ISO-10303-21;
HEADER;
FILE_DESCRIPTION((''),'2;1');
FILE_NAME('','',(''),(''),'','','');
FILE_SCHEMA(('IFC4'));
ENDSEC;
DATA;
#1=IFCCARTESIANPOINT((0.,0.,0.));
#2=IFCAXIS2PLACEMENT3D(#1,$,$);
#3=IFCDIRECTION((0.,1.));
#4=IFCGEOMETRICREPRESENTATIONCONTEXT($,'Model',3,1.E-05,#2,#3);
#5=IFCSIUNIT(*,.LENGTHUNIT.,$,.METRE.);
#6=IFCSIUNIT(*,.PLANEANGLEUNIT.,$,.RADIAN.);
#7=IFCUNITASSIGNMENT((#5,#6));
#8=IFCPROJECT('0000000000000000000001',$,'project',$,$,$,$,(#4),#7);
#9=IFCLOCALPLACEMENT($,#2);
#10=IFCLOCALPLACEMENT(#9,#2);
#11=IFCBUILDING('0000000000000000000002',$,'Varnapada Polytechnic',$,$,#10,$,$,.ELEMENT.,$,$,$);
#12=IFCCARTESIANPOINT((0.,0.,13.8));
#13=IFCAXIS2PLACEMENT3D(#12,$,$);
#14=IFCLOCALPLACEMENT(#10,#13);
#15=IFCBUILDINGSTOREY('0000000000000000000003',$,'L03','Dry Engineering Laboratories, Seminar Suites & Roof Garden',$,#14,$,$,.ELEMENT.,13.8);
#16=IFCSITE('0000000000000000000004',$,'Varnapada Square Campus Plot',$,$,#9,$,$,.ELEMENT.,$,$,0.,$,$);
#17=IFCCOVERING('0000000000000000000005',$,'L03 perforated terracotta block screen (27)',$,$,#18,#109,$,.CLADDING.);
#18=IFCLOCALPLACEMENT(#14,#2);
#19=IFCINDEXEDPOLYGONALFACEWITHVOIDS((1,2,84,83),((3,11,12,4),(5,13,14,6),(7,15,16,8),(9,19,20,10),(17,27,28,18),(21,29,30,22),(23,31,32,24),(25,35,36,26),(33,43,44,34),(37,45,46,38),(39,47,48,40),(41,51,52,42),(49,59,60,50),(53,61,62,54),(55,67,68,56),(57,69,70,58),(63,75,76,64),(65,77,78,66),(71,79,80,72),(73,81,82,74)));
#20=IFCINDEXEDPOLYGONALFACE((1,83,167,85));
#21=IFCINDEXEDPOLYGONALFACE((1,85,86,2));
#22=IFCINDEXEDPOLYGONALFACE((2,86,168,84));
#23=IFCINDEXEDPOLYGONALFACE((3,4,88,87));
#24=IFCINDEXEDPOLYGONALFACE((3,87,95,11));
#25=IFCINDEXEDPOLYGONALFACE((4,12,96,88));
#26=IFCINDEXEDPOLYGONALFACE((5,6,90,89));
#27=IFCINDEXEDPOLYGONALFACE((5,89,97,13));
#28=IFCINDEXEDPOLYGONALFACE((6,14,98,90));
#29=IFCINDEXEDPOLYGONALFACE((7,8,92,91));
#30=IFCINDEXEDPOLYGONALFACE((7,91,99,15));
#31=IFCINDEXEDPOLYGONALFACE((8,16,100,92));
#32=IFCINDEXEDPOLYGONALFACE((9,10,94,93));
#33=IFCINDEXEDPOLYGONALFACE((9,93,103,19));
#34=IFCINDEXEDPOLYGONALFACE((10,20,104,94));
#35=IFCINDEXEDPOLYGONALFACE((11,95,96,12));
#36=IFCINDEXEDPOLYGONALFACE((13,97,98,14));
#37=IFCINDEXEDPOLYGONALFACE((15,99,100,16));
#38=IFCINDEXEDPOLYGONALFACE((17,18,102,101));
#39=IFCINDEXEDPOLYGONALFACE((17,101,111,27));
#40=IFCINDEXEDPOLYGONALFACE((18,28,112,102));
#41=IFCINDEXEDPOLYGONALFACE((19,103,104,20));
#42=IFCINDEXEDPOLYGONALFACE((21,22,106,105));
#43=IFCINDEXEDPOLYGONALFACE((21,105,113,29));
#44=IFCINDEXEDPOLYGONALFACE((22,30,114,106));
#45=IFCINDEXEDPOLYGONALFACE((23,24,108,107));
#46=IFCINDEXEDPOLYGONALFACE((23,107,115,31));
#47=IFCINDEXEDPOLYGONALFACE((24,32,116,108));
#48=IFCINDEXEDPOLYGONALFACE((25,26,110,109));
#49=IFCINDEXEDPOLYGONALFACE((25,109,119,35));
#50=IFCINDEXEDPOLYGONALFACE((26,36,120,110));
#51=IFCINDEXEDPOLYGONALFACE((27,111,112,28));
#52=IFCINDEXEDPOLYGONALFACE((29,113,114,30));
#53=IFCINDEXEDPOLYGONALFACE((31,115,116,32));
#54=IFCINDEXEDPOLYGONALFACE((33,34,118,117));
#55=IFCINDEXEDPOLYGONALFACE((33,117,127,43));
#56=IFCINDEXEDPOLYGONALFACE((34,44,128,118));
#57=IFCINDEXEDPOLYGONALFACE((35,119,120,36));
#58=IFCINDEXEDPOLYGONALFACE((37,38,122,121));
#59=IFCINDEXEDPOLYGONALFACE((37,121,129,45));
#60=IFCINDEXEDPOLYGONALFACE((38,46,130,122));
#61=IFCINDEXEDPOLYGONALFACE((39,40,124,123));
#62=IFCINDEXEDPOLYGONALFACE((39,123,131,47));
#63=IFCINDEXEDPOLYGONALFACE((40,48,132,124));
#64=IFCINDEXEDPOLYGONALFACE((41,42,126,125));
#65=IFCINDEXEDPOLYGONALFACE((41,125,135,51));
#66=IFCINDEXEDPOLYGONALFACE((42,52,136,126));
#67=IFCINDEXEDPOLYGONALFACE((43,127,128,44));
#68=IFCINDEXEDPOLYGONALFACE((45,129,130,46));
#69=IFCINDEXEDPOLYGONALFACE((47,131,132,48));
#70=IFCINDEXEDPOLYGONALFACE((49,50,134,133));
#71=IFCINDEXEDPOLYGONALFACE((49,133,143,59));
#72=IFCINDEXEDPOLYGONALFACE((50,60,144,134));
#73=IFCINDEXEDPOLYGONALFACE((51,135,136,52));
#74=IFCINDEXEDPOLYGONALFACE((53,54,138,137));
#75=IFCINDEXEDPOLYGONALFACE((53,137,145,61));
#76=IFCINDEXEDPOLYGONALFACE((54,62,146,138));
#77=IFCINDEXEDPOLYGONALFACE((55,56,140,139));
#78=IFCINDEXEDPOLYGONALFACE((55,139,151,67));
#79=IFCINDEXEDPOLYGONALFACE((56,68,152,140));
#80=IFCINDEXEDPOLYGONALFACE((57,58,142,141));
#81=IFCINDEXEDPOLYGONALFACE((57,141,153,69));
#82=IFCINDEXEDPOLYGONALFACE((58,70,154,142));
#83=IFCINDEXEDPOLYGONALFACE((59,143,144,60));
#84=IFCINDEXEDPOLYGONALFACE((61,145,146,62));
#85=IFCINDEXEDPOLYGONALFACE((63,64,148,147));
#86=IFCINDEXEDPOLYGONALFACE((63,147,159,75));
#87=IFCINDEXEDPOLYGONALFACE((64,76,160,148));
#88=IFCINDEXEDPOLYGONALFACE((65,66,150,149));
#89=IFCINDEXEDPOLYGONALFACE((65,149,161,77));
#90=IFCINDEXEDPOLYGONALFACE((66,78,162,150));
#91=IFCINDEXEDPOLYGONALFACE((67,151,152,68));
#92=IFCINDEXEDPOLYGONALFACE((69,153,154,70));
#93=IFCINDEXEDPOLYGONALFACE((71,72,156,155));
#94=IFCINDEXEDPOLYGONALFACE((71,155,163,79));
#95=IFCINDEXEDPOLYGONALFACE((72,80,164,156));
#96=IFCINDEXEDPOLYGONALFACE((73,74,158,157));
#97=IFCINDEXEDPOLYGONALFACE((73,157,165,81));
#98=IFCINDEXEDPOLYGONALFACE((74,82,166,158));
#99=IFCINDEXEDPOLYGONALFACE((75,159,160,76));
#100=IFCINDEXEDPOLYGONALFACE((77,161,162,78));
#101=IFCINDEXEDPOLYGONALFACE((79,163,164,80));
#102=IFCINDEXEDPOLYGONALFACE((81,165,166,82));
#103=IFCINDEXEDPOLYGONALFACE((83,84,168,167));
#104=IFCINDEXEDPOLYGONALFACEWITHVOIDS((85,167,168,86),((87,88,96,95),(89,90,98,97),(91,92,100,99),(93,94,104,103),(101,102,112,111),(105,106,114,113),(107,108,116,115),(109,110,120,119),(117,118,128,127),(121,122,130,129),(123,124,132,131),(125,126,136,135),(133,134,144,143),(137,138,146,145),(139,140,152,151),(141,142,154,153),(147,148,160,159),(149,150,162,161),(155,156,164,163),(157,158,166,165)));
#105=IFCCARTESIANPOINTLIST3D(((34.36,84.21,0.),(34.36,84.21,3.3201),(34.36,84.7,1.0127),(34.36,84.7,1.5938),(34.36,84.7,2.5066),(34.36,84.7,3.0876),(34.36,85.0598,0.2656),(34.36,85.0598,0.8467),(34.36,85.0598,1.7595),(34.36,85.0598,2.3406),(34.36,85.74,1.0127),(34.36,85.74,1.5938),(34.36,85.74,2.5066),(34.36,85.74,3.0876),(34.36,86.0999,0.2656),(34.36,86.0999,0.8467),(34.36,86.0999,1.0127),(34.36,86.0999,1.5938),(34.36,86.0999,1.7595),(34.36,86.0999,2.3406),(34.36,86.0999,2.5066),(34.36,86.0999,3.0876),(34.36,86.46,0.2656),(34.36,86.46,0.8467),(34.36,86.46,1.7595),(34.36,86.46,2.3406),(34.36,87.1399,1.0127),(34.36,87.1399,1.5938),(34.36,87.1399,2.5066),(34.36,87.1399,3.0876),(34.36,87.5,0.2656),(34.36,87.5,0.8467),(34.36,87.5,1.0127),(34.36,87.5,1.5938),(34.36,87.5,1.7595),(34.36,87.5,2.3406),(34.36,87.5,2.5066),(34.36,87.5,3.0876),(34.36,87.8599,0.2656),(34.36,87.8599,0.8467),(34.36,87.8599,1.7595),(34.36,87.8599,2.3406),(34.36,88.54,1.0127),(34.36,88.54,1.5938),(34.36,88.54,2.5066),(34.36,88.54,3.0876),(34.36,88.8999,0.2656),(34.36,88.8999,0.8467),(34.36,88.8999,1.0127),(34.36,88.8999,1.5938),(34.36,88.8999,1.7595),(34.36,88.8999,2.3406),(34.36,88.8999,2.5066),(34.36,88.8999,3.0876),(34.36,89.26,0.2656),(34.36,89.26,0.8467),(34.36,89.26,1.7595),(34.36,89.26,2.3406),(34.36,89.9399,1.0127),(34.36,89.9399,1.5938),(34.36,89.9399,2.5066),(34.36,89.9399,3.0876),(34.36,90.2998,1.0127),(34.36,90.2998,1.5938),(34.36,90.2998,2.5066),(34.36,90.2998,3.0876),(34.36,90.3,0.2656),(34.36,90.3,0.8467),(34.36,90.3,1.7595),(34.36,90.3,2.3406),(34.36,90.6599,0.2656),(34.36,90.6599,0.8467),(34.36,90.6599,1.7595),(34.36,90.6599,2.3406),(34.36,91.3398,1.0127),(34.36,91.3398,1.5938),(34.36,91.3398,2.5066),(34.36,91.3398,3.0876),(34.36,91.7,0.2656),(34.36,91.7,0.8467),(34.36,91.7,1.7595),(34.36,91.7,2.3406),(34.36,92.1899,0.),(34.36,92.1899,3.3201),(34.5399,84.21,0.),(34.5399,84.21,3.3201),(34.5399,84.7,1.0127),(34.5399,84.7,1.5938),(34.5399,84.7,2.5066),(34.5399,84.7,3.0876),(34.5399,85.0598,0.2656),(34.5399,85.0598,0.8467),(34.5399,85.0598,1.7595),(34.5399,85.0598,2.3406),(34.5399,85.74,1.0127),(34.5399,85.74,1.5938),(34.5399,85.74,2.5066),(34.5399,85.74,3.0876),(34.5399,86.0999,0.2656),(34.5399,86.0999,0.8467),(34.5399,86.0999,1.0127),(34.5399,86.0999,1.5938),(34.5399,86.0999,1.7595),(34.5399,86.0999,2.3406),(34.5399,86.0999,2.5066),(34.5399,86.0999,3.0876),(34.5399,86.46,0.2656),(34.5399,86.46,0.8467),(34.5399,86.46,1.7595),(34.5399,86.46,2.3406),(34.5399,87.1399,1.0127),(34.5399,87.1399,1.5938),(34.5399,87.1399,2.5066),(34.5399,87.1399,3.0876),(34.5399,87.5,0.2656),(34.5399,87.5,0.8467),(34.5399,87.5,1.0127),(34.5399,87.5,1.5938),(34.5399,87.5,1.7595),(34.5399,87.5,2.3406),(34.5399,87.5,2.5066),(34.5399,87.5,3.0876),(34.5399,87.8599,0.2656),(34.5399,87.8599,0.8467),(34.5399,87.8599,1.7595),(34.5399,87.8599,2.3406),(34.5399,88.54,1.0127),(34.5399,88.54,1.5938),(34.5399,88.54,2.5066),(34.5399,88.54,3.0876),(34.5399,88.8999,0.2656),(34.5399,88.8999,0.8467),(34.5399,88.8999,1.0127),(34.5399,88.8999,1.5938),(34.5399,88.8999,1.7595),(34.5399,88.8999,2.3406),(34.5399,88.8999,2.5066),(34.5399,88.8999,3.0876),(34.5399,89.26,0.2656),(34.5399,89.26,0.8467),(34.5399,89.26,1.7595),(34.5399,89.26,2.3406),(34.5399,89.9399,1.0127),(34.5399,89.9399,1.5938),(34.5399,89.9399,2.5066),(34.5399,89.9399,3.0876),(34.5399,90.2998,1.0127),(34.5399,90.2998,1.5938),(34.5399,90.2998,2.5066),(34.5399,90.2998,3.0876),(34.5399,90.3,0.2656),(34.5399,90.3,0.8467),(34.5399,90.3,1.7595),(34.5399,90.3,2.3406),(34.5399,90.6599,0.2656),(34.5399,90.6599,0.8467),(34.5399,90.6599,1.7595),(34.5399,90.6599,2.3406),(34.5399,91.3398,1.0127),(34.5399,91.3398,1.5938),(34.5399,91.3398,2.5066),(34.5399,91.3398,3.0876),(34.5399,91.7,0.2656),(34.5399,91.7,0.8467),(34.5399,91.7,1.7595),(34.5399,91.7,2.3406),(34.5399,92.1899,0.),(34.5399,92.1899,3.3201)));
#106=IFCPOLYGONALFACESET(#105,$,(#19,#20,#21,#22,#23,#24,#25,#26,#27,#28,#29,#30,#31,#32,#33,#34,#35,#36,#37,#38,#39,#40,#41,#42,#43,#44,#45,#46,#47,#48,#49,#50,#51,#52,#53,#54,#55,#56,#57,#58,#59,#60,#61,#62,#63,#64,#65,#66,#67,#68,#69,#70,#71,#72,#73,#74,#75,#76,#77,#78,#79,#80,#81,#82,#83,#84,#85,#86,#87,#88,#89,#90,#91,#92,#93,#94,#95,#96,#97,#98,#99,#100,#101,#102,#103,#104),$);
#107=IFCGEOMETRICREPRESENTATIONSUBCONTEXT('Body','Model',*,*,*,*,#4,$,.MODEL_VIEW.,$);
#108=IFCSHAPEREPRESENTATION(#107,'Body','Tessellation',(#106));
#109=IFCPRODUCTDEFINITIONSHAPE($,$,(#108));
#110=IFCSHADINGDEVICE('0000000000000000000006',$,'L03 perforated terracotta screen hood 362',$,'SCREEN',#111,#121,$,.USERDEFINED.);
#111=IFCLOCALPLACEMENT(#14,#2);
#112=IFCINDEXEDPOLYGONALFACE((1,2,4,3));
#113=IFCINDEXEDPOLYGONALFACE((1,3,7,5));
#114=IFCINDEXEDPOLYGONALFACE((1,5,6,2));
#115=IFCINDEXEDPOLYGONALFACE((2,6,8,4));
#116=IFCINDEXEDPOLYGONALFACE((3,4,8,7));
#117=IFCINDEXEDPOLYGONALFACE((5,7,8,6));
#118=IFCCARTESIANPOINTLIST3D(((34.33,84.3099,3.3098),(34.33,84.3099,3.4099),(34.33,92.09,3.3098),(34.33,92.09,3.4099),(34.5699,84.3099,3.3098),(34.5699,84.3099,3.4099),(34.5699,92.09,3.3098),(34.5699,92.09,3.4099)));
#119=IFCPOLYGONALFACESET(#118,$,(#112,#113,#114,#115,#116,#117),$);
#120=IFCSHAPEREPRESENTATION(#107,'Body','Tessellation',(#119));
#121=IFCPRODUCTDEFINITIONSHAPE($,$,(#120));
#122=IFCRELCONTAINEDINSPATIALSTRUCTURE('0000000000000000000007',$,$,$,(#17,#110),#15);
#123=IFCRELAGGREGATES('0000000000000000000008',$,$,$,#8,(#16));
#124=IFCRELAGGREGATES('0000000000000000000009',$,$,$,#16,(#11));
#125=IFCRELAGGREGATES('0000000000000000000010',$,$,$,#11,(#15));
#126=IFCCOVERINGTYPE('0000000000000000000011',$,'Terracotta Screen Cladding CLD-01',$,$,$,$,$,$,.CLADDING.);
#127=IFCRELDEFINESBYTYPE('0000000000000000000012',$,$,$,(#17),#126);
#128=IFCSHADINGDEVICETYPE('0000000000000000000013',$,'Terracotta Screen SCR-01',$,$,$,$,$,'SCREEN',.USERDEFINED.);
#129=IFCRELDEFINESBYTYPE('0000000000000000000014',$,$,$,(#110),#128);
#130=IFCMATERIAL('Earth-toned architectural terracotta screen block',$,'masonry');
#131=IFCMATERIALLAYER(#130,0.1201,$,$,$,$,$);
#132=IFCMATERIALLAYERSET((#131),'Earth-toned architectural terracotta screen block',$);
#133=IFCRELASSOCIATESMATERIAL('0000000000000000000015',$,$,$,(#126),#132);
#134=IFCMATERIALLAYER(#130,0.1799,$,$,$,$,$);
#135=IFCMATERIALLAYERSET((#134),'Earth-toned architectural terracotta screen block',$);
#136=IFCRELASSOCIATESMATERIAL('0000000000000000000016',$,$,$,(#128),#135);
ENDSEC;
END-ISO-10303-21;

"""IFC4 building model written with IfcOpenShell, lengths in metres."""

from ifc_helpers import new_model, si_unit, direction, frame, frame_2d, origin, origin_2d, place, context, subcontext, project, spatial, rectangle, extrude, material, layer, layer_set, type_object, element, save


model = new_model("IFC4")

# Units and contexts
model_context = context("Model", 3, precision=1e-05, world=origin(), true_north=direction((0.0, 1.0)))
body_context = subcontext(model_context, "Body", "Model", "MODEL_VIEW")
ifc_project = project(units=[si_unit("LENGTHUNIT", "METRE"), si_unit("PLANEANGLEUNIT", "RADIAN")], contexts=[model_context])

# Site, building, storey
site_placement = place(None, origin())
site = spatial("IfcSite", under=ifc_project, at=site_placement, Name="Varnapada Square Campus Plot", CompositionType="ELEMENT", RefElevation=0.0)
building_placement = place(site_placement, origin())
building = spatial("IfcBuilding", under=site, at=building_placement, Name="Varnapada Polytechnic", CompositionType="ELEMENT")
storey_placement = place(building_placement, frame((0.0, 0.0, 13.8)))
storey = spatial("IfcBuildingStorey", under=building, at=storey_placement, Name="L03", Description="Dry Engineering Laboratories, Seminar Suites & Roof Garden", CompositionType="ELEMENT", Elevation=13.8)

# Covering, openings
ifc_material_1 = material(Name="Earth-toned architectural terracotta screen block", Category="masonry")
ifc_layer_1 = layer(ifc_material_1, 0.1201)
ifc_layer_set_1 = layer_set([ifc_layer_1], Name="Earth-toned architectural terracotta screen block")
covering_type = type_object("IfcCoveringType", Name="Terracotta Screen Cladding CLD-01", PredefinedType="CLADDING", material=ifc_layer_set_1)
covering_placement = place(storey_placement, frame((34.45, 92.1899, 0.0), z_axis=(0.0, 0.0, 1.0), x_axis=(0.0, -1.0, 0.0)))
covering = element("IfcCovering", 1, at=covering_placement, inside=storey, type_object=covering_type, Name="L03 perforated terracotta block screen (27)", PredefinedType="CLADDING", context=body_context, shape_type="SweptSolid", body=[
    extrude(rectangle(XDim=7.98, YDim=0.1799, at=frame_2d((3.99, 0.0))), origin(), (0.0, 0.0, 1.0), 3.3201),
])
opening_1_placement = place(covering_placement, frame((0.49, 0.0, 0.2656)))
element("IfcOpeningElement", 2, at=opening_1_placement, cuts=covering, PredefinedType="OPENING", context=body_context, shape_type="SweptSolid", body=[
    extrude(rectangle(XDim=1.04, YDim=0.5811, at=frame_2d((0.52, 0.2905))), frame((0.0, 0.0999, 0.0), z_axis=(0.0, -1.0, 0.0), x_axis=(1.0, 0.0, 0.0)), (0.0, 0.0, 1.0), 0.2),
])
opening_2_placement = place(covering_placement, frame((1.8899, 0.0, 0.2656)))
element("IfcOpeningElement", 3, at=opening_2_placement, cuts=covering, PredefinedType="OPENING", context=body_context, shape_type="SweptSolid", body=[
    extrude(rectangle(XDim=1.04, YDim=0.5811, at=frame_2d((0.52, 0.2905))), frame((0.0, 0.0999, 0.0), z_axis=(0.0, -1.0, 0.0), x_axis=(1.0, 0.0, 0.0)), (0.0, 0.0, 1.0), 0.2),
])
opening_3_placement = place(covering_placement, frame((3.29, 0.0, 0.2656)))
element("IfcOpeningElement", 4, at=opening_3_placement, cuts=covering, PredefinedType="OPENING", context=body_context, shape_type="SweptSolid", body=[
    extrude(rectangle(XDim=1.04, YDim=0.5811, at=frame_2d((0.52, 0.2905))), frame((0.0, 0.0999, 0.0), z_axis=(0.0, -1.0, 0.0), x_axis=(1.0, 0.0, 0.0)), (0.0, 0.0, 1.0), 0.2),
])
opening_4_placement = place(covering_placement, frame((4.6899, 0.0, 0.2656)))
element("IfcOpeningElement", 5, at=opening_4_placement, cuts=covering, PredefinedType="OPENING", context=body_context, shape_type="SweptSolid", body=[
    extrude(rectangle(XDim=1.04, YDim=0.5811, at=frame_2d((0.52, 0.2905))), frame((0.0, 0.0999, 0.0), z_axis=(0.0, -1.0, 0.0), x_axis=(1.0, 0.0, 0.0)), (0.0, 0.0, 1.0), 0.2),
])
opening_5_placement = place(covering_placement, frame((6.0901, 0.0, 0.2656)))
element("IfcOpeningElement", 6, at=opening_5_placement, cuts=covering, PredefinedType="OPENING", context=body_context, shape_type="SweptSolid", body=[
    extrude(rectangle(XDim=1.04, YDim=0.5811, at=frame_2d((0.52, 0.2905))), frame((0.0, 0.0999, 0.0), z_axis=(0.0, -1.0, 0.0), x_axis=(1.0, 0.0, 0.0)), (0.0, 0.0, 1.0), 0.2),
])
opening_6_placement = place(covering_placement, frame((0.8501, 0.0, 1.0127)))
element("IfcOpeningElement", 7, at=opening_6_placement, cuts=covering, PredefinedType="OPENING", context=body_context, shape_type="SweptSolid", body=[
    extrude(rectangle(XDim=1.04, YDim=0.5811, at=frame_2d((0.52, 0.2905))), frame((0.0, 0.0999, 0.0), z_axis=(0.0, -1.0, 0.0), x_axis=(1.0, 0.0, 0.0)), (0.0, 0.0, 1.0), 0.2),
])
opening_7_placement = place(covering_placement, frame((2.25, 0.0, 1.0127)))
element("IfcOpeningElement", 8, at=opening_7_placement, cuts=covering, PredefinedType="OPENING", context=body_context, shape_type="SweptSolid", body=[
    extrude(rectangle(XDim=1.04, YDim=0.5811, at=frame_2d((0.52, 0.2905))), frame((0.0, 0.0999, 0.0), z_axis=(0.0, -1.0, 0.0), x_axis=(1.0, 0.0, 0.0)), (0.0, 0.0, 1.0), 0.2),
])
opening_8_placement = place(covering_placement, frame((3.6499, 0.0, 1.0127)))
element("IfcOpeningElement", 9, at=opening_8_placement, cuts=covering, PredefinedType="OPENING", context=body_context, shape_type="SweptSolid", body=[
    extrude(rectangle(XDim=1.04, YDim=0.5811, at=frame_2d((0.52, 0.2905))), frame((0.0, 0.0999, 0.0), z_axis=(0.0, -1.0, 0.0), x_axis=(1.0, 0.0, 0.0)), (0.0, 0.0, 1.0), 0.2),
])
opening_9_placement = place(covering_placement, frame((5.05, 0.0, 1.0127)))
element("IfcOpeningElement", 10, at=opening_9_placement, cuts=covering, PredefinedType="OPENING", context=body_context, shape_type="SweptSolid", body=[
    extrude(rectangle(XDim=1.04, YDim=0.5811, at=frame_2d((0.52, 0.2905))), frame((0.0, 0.0999, 0.0), z_axis=(0.0, -1.0, 0.0), x_axis=(1.0, 0.0, 0.0)), (0.0, 0.0, 1.0), 0.2),
])
opening_10_placement = place(covering_placement, frame((6.45, 0.0, 1.0127)))
element("IfcOpeningElement", 11, at=opening_10_placement, cuts=covering, PredefinedType="OPENING", context=body_context, shape_type="SweptSolid", body=[
    extrude(rectangle(XDim=1.04, YDim=0.5811, at=frame_2d((0.52, 0.2905))), frame((0.0, 0.0999, 0.0), z_axis=(0.0, -1.0, 0.0), x_axis=(1.0, 0.0, 0.0)), (0.0, 0.0, 1.0), 0.2),
])
opening_11_placement = place(covering_placement, frame((0.49, 0.0, 1.7595)))
element("IfcOpeningElement", 12, at=opening_11_placement, cuts=covering, PredefinedType="OPENING", context=body_context, shape_type="SweptSolid", body=[
    extrude(rectangle(XDim=1.04, YDim=0.5811, at=frame_2d((0.52, 0.2905))), frame((0.0, 0.0999, 0.0), z_axis=(0.0, -1.0, 0.0), x_axis=(1.0, 0.0, 0.0)), (0.0, 0.0, 1.0), 0.2),
])
opening_12_placement = place(covering_placement, frame((1.8899, 0.0, 1.7595)))
element("IfcOpeningElement", 13, at=opening_12_placement, cuts=covering, PredefinedType="OPENING", context=body_context, shape_type="SweptSolid", body=[
    extrude(rectangle(XDim=1.04, YDim=0.5811, at=frame_2d((0.52, 0.2905))), frame((0.0, 0.0999, 0.0), z_axis=(0.0, -1.0, 0.0), x_axis=(1.0, 0.0, 0.0)), (0.0, 0.0, 1.0), 0.2),
])
opening_13_placement = place(covering_placement, frame((3.29, 0.0, 1.7595)))
element("IfcOpeningElement", 14, at=opening_13_placement, cuts=covering, PredefinedType="OPENING", context=body_context, shape_type="SweptSolid", body=[
    extrude(rectangle(XDim=1.04, YDim=0.5811, at=frame_2d((0.52, 0.2905))), frame((0.0, 0.0999, 0.0), z_axis=(0.0, -1.0, 0.0), x_axis=(1.0, 0.0, 0.0)), (0.0, 0.0, 1.0), 0.2),
])
opening_14_placement = place(covering_placement, frame((4.6899, 0.0, 1.7595)))
element("IfcOpeningElement", 15, at=opening_14_placement, cuts=covering, PredefinedType="OPENING", context=body_context, shape_type="SweptSolid", body=[
    extrude(rectangle(XDim=1.04, YDim=0.5811, at=frame_2d((0.52, 0.2905))), frame((0.0, 0.0999, 0.0), z_axis=(0.0, -1.0, 0.0), x_axis=(1.0, 0.0, 0.0)), (0.0, 0.0, 1.0), 0.2),
])
opening_15_placement = place(covering_placement, frame((6.0901, 0.0, 1.7595)))
element("IfcOpeningElement", 16, at=opening_15_placement, cuts=covering, PredefinedType="OPENING", context=body_context, shape_type="SweptSolid", body=[
    extrude(rectangle(XDim=1.04, YDim=0.5811, at=frame_2d((0.52, 0.2905))), frame((0.0, 0.0999, 0.0), z_axis=(0.0, -1.0, 0.0), x_axis=(1.0, 0.0, 0.0)), (0.0, 0.0, 1.0), 0.2),
])
opening_16_placement = place(covering_placement, frame((0.8501, 0.0, 2.5066)))
element("IfcOpeningElement", 17, at=opening_16_placement, cuts=covering, PredefinedType="OPENING", context=body_context, shape_type="SweptSolid", body=[
    extrude(rectangle(XDim=1.04, YDim=0.5811, at=frame_2d((0.52, 0.2905))), frame((0.0, 0.0999, 0.0), z_axis=(0.0, -1.0, 0.0), x_axis=(1.0, 0.0, 0.0)), (0.0, 0.0, 1.0), 0.2),
])
opening_17_placement = place(covering_placement, frame((2.25, 0.0, 2.5066)))
element("IfcOpeningElement", 18, at=opening_17_placement, cuts=covering, PredefinedType="OPENING", context=body_context, shape_type="SweptSolid", body=[
    extrude(rectangle(XDim=1.04, YDim=0.5811, at=frame_2d((0.52, 0.2905))), frame((0.0, 0.0999, 0.0), z_axis=(0.0, -1.0, 0.0), x_axis=(1.0, 0.0, 0.0)), (0.0, 0.0, 1.0), 0.2),
])
opening_18_placement = place(covering_placement, frame((3.6499, 0.0, 2.5066)))
element("IfcOpeningElement", 19, at=opening_18_placement, cuts=covering, PredefinedType="OPENING", context=body_context, shape_type="SweptSolid", body=[
    extrude(rectangle(XDim=1.04, YDim=0.5811, at=frame_2d((0.52, 0.2905))), frame((0.0, 0.0999, 0.0), z_axis=(0.0, -1.0, 0.0), x_axis=(1.0, 0.0, 0.0)), (0.0, 0.0, 1.0), 0.2),
])
opening_19_placement = place(covering_placement, frame((5.05, 0.0, 2.5066)))
element("IfcOpeningElement", 20, at=opening_19_placement, cuts=covering, PredefinedType="OPENING", context=body_context, shape_type="SweptSolid", body=[
    extrude(rectangle(XDim=1.04, YDim=0.5811, at=frame_2d((0.52, 0.2905))), frame((0.0, 0.0999, 0.0), z_axis=(0.0, -1.0, 0.0), x_axis=(1.0, 0.0, 0.0)), (0.0, 0.0, 1.0), 0.2),
])
opening_20_placement = place(covering_placement, frame((6.45, 0.0, 2.5066)))
element("IfcOpeningElement", 21, at=opening_20_placement, cuts=covering, PredefinedType="OPENING", context=body_context, shape_type="SweptSolid", body=[
    extrude(rectangle(XDim=1.04, YDim=0.5811, at=frame_2d((0.52, 0.2905))), frame((0.0, 0.0999, 0.0), z_axis=(0.0, -1.0, 0.0), x_axis=(1.0, 0.0, 0.0)), (0.0, 0.0, 1.0), 0.2),
])

# Shading device
ifc_layer_2 = layer(ifc_material_1, 0.1799)
ifc_layer_set_2 = layer_set([ifc_layer_2], Name="Earth-toned architectural terracotta screen block")
shading_device_type = type_object("IfcShadingDeviceType", Name="Terracotta Screen SCR-01", ElementType="SCREEN", PredefinedType="USERDEFINED", material=ifc_layer_set_2)
shading_device_placement = place(storey_placement, frame((34.45, 88.2, 3.3098), z_axis=(0.0, 0.0, 1.0), x_axis=(0.0, -1.0, 0.0)))
element("IfcShadingDevice", 22, at=shading_device_placement, inside=storey, type_object=shading_device_type, Name="L03 perforated terracotta screen hood 362", ObjectType="SCREEN", PredefinedType="USERDEFINED", context=body_context, shape_type="SweptSolid", body=[
    extrude(rectangle(XDim=7.78, YDim=0.24, at=origin_2d()), origin(), (0.0, 0.0, 1.0), 0.1001),
])

save(model, "model.ifc")
